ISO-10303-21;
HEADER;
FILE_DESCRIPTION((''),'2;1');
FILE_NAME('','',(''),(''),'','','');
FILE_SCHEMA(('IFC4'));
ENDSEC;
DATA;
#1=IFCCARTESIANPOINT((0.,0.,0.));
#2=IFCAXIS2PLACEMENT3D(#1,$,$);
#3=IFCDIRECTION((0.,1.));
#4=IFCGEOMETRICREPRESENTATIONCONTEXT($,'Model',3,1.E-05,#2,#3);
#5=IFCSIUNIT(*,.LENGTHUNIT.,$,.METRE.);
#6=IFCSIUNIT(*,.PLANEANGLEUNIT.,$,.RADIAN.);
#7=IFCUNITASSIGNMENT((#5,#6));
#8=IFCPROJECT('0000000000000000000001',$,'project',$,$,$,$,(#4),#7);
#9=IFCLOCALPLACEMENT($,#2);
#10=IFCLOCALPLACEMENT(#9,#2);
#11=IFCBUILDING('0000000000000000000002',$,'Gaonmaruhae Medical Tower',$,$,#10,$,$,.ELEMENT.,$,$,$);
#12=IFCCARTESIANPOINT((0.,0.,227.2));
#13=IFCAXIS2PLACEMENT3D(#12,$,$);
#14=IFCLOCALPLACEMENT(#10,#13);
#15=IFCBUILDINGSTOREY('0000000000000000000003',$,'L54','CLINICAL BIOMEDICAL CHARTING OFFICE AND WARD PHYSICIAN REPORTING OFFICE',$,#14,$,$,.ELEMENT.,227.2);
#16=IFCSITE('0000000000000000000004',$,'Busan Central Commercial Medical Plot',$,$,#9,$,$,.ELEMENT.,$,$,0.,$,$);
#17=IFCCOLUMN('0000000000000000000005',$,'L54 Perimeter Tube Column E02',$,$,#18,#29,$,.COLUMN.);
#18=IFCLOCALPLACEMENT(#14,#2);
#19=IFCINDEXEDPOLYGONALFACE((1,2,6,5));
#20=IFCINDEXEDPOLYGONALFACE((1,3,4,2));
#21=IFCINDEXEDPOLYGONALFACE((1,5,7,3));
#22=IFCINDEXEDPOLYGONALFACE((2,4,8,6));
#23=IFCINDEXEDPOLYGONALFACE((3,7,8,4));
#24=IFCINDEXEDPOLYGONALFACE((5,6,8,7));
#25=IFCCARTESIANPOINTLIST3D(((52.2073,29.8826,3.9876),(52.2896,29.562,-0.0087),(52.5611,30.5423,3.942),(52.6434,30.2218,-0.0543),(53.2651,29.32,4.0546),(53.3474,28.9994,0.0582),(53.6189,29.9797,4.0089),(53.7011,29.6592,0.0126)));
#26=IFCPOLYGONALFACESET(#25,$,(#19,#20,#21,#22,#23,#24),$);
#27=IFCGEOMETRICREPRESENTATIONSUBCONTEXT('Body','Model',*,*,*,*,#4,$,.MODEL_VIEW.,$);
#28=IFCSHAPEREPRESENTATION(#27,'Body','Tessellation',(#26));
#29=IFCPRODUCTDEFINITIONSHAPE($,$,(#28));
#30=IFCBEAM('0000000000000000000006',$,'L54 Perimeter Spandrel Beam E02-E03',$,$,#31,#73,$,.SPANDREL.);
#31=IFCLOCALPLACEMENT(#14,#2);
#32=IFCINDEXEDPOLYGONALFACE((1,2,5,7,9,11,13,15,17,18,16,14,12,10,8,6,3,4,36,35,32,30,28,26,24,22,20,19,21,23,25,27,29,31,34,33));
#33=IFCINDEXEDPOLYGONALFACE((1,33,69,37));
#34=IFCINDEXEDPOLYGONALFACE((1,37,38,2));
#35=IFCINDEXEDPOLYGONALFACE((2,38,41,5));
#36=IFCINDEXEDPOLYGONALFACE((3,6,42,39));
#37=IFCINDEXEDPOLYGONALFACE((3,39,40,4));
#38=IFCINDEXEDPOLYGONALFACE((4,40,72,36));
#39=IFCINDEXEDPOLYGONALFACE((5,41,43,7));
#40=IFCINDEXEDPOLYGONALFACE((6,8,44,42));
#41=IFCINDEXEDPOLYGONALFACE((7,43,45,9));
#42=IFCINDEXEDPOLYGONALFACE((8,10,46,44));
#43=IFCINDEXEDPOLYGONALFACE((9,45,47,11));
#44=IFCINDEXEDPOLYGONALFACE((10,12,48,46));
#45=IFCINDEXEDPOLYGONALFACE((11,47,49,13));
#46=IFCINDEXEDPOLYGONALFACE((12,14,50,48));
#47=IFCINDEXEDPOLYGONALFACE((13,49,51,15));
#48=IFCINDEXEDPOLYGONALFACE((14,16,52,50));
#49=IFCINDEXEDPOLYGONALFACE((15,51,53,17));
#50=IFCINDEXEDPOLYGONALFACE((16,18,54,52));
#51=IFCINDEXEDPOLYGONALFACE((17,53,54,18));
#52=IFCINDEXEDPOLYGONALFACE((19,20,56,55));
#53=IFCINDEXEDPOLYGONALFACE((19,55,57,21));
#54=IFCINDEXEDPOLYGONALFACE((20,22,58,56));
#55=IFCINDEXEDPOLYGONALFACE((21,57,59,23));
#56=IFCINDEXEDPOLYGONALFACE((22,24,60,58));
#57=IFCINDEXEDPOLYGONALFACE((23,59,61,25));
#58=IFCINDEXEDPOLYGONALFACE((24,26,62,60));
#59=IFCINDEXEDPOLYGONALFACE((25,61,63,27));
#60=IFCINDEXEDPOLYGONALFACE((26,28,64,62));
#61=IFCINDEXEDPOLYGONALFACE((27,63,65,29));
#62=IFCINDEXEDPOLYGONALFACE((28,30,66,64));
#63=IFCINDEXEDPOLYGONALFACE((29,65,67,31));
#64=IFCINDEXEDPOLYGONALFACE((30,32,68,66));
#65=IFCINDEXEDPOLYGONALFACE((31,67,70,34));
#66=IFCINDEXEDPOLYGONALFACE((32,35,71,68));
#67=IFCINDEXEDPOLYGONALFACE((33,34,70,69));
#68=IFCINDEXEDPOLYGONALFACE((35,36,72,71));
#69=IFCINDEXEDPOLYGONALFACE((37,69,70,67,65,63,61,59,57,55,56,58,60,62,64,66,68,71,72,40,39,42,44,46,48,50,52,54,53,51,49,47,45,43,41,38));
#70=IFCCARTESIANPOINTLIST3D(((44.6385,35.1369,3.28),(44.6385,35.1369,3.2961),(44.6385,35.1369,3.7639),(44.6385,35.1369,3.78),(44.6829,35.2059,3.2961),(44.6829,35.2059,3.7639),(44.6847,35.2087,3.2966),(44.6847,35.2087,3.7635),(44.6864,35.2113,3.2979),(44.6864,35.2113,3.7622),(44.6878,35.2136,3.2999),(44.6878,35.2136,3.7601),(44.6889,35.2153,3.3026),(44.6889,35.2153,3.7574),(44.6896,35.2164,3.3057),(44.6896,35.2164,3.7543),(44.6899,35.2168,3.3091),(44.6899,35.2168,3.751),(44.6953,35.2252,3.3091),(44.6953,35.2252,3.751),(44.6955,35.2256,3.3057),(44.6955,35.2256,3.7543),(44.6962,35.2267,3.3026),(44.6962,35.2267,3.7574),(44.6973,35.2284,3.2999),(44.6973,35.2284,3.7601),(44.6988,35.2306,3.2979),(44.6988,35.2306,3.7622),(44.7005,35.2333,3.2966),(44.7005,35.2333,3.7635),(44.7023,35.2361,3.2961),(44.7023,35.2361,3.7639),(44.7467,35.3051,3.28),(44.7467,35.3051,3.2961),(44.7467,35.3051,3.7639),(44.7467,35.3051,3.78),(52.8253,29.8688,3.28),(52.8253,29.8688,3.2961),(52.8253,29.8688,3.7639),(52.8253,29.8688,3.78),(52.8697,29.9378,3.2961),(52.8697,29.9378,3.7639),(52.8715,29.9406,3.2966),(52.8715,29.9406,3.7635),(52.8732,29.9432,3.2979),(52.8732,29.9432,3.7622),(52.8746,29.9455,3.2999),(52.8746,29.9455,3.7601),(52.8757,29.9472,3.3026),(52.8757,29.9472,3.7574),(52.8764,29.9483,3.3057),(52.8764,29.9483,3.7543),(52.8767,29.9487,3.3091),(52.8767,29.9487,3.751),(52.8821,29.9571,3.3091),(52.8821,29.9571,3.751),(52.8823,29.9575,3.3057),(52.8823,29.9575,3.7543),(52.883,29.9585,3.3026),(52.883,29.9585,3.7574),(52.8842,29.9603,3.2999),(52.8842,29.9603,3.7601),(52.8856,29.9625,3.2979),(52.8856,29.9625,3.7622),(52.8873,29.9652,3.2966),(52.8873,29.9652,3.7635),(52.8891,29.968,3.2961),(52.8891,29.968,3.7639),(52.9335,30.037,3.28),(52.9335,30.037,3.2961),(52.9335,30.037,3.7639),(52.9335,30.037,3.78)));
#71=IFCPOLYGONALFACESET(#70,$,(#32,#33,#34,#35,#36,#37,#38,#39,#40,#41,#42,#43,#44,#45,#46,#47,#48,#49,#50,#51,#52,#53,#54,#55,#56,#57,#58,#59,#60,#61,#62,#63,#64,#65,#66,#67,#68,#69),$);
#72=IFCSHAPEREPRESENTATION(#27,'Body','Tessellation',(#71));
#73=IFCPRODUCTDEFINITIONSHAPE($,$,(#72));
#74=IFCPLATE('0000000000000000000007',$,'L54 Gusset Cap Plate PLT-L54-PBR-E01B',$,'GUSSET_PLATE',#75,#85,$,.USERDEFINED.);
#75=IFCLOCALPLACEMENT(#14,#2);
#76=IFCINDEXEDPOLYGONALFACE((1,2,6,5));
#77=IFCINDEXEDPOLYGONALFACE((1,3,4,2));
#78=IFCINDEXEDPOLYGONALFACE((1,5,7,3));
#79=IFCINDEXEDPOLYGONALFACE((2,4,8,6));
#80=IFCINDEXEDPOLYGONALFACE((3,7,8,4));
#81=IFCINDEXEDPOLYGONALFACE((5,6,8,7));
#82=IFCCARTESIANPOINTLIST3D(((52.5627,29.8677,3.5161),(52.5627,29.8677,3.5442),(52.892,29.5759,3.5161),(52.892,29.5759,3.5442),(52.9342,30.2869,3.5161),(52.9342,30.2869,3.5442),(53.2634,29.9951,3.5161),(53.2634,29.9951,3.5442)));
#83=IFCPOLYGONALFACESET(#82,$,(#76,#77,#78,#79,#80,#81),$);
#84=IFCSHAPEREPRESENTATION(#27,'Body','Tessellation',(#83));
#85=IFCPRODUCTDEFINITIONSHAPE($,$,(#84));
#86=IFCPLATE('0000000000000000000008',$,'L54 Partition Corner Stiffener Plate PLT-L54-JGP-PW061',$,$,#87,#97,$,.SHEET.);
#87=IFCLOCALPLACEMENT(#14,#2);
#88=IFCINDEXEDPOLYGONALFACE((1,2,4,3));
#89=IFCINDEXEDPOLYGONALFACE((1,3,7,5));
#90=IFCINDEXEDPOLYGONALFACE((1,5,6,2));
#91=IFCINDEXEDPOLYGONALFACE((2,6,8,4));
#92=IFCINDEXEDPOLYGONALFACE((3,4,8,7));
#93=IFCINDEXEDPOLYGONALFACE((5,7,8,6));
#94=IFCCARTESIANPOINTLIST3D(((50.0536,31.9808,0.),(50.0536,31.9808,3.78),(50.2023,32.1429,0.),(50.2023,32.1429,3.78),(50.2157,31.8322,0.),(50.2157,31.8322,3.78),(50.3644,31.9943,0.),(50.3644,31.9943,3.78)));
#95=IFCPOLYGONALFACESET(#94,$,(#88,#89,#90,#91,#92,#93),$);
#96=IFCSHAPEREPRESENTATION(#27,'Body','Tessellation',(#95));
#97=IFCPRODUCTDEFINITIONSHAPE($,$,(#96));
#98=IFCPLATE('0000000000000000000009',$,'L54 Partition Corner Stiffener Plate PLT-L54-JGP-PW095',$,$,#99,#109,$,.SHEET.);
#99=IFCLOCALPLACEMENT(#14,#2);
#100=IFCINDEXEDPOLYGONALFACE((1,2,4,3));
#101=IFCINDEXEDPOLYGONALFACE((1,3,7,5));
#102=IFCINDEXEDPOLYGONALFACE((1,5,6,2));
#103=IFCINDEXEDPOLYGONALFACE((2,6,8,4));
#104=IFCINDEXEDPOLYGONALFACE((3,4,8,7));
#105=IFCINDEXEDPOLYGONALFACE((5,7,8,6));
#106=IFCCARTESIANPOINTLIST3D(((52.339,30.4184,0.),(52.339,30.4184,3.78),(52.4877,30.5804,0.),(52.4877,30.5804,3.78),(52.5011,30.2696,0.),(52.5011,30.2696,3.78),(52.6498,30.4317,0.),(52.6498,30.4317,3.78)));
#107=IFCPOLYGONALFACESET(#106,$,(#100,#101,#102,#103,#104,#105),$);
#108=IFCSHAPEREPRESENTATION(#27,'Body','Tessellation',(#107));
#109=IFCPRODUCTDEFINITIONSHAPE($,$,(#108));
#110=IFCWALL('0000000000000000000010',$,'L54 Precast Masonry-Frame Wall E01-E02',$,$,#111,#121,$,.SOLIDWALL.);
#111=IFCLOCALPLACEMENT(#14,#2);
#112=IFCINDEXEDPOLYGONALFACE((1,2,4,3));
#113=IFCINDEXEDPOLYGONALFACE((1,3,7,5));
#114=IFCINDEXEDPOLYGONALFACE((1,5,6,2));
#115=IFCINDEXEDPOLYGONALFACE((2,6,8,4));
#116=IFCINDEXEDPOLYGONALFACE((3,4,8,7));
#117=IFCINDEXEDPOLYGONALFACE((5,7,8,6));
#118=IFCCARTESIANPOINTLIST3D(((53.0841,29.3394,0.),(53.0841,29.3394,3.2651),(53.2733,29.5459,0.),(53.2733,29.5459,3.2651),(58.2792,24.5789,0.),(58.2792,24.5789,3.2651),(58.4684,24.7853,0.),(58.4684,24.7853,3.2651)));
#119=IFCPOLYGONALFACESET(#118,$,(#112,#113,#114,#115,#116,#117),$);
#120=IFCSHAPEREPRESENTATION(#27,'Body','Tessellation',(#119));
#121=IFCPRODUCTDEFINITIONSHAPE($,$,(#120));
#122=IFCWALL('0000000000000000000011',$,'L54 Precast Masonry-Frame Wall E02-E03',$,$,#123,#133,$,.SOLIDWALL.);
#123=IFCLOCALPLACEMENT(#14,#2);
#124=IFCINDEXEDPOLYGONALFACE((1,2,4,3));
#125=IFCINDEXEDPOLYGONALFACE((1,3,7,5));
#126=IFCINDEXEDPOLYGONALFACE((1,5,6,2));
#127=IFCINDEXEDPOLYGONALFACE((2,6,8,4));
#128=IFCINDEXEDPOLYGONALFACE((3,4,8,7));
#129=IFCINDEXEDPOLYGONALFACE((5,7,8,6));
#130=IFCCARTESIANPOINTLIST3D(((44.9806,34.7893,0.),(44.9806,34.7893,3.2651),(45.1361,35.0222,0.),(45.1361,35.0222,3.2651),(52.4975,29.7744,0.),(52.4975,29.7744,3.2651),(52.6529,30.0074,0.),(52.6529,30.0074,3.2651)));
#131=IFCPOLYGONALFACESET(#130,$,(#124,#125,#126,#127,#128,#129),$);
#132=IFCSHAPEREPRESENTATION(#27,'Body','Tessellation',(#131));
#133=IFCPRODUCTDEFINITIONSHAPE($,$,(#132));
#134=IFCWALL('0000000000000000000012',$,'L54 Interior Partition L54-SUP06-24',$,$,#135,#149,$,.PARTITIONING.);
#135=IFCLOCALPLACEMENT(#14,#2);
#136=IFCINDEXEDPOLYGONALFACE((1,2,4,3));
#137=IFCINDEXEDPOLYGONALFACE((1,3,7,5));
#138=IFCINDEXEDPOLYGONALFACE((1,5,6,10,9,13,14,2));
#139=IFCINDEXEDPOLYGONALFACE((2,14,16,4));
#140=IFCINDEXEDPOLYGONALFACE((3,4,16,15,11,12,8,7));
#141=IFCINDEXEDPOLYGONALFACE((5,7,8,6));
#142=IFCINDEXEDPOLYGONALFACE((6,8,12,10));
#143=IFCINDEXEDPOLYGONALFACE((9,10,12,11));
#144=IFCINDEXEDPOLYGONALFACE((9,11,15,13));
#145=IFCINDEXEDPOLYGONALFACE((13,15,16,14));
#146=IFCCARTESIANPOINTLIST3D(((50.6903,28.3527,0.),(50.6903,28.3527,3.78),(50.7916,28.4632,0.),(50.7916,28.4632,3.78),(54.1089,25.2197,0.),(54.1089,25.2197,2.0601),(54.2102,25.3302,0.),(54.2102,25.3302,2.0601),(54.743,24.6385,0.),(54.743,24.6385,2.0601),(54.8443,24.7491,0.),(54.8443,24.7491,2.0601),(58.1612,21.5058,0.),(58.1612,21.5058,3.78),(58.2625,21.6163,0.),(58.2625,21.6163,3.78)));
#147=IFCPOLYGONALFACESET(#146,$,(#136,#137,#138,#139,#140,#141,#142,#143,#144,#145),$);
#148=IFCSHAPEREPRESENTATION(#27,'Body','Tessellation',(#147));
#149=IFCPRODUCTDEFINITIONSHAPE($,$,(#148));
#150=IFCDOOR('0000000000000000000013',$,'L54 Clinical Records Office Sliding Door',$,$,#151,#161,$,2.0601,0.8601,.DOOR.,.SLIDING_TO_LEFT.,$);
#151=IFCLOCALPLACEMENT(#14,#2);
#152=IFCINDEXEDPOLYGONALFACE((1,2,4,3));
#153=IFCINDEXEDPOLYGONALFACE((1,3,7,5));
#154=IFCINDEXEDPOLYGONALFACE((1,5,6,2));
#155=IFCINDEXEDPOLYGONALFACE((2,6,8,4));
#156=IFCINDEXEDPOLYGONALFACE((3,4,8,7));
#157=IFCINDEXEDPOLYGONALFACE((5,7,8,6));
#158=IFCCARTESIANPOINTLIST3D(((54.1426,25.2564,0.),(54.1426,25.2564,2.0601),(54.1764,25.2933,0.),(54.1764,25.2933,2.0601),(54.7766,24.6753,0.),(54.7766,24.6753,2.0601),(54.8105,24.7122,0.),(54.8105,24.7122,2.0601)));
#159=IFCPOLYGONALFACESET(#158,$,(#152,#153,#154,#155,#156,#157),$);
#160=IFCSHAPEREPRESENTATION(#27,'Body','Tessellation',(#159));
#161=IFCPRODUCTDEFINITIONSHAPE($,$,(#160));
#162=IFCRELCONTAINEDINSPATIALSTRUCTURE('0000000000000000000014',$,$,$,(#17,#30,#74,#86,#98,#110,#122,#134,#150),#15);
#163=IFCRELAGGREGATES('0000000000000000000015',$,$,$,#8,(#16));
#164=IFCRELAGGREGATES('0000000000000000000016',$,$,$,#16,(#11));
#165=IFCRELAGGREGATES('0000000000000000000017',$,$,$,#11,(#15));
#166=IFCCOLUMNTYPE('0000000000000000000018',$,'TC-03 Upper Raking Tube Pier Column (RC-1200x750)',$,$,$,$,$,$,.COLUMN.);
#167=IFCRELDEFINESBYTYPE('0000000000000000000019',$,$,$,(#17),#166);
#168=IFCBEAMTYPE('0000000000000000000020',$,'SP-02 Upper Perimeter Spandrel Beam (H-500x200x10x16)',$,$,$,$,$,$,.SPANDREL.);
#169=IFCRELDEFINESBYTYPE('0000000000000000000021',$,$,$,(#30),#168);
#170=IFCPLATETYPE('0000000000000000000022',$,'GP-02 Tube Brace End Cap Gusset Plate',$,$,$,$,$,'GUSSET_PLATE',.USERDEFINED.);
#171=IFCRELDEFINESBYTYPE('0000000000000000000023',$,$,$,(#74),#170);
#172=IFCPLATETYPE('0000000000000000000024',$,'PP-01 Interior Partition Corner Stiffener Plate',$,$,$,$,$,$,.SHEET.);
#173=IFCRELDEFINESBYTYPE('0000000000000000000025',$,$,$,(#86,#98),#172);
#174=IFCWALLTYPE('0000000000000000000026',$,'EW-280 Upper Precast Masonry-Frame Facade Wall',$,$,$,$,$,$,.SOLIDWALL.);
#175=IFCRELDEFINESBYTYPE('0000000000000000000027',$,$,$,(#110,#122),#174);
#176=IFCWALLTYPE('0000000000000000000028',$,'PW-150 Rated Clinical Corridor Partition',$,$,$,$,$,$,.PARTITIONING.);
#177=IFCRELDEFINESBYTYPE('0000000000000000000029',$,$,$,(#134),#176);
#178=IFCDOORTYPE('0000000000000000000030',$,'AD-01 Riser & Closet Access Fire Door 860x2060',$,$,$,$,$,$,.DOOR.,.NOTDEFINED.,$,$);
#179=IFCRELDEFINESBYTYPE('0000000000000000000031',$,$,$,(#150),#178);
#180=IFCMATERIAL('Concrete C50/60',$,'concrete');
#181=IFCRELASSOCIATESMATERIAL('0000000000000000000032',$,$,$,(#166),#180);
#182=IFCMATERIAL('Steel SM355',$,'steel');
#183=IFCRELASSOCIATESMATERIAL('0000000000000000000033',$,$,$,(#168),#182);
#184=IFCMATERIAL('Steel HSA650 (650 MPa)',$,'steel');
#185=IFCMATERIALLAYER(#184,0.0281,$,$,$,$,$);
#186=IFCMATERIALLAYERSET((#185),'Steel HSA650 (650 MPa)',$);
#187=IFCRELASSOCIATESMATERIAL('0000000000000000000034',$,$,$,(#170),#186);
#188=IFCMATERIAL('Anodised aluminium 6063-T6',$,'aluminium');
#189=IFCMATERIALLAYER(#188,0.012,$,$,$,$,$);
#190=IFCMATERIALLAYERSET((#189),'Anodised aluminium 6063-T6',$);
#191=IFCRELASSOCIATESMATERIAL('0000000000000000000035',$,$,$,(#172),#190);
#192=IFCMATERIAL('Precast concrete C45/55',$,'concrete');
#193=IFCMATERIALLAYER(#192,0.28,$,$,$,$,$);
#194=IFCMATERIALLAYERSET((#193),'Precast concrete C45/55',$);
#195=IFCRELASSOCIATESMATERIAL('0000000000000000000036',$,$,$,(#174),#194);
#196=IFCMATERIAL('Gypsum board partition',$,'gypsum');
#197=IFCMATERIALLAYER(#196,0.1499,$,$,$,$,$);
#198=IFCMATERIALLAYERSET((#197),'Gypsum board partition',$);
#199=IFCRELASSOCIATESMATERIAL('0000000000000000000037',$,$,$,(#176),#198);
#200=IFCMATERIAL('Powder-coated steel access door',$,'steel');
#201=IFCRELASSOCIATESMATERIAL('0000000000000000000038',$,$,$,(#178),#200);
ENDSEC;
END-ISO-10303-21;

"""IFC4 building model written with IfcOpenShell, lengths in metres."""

from ifc_helpers import new_model, si_unit, direction, frame, frame_2d, origin, origin_2d, place, context, subcontext, project, spatial, rectangle, i_section, extrude, material, layer, layer_set, material_profile, profile_set, type_object, element, fill, save


model = new_model("IFC4")

# Units and contexts
model_context = context("Model", 3, precision=1e-05, world=origin(), true_north=direction((0.0, 1.0)))
body_context = subcontext(model_context, "Body", "Model", "MODEL_VIEW")
ifc_project = project(units=[si_unit("LENGTHUNIT", "METRE"), si_unit("PLANEANGLEUNIT", "RADIAN")], contexts=[model_context])

# Site, building, storey
site_placement = place(None, origin())
site = spatial("IfcSite", under=ifc_project, at=site_placement, Name="Busan Central Commercial Medical Plot", CompositionType="ELEMENT", RefElevation=0.0)
building_placement = place(site_placement, origin())
building = spatial("IfcBuilding", under=site, at=building_placement, Name="Gaonmaruhae Medical Tower", CompositionType="ELEMENT")
storey_placement = place(building_placement, frame((0.0, 0.0, 227.2)))
storey = spatial("IfcBuildingStorey", under=building, at=storey_placement, Name="L54", Description="CLINICAL BIOMEDICAL CHARTING OFFICE AND WARD PHYSICIAN REPORTING OFFICE", CompositionType="ELEMENT", Elevation=227.2)

# Column
ifc_material_1 = material(Name="Concrete C50/60", Category="concrete")
ifc_material_profile_1 = material_profile(ifc_material_1, rectangle(XDim=1.2, YDim=0.75, at=origin_2d()), Name="RC-1200x750")
ifc_profile_set_1 = profile_set([ifc_material_profile_1], Name="Concrete C50/60")
column_type = type_object("IfcColumnType", Name="TC-03 Upper Raking Tube Pier Column (RC-1200x750)", PredefinedType="COLUMN", material=ifc_profile_set_1)
column_placement = place(storey_placement, frame((52.9954, 29.6106, 0.002), z_axis=(-0.020517, 0.079939, 0.996589), x_axis=(0.881513, -0.468856, 0.055756)))
element("IfcColumn", 1, at=column_placement, inside=storey, type_object=column_type, Name="L54 Perimeter Tube Column E02", PredefinedType="COLUMN", context=body_context, shape_type="SweptSolid", body=[
    extrude(rectangle(XDim=1.2, YDim=0.75, at=origin_2d()), origin(), (0.0, 0.0, 1.0), 4.01),
])

# Beam
ifc_material_2 = material(Name="Steel SM355", Category="steel")
ifc_material_profile_2 = material_profile(ifc_material_2, i_section(OverallWidth=0.2, OverallDepth=0.5, WebThickness=0.01, FlangeThickness=0.0161, FilletRadius=0.0129, at=origin_2d()), Name="H-500x200x10x16")
ifc_profile_set_2 = profile_set([ifc_material_profile_2], Name="Steel SM355")
beam_type = type_object("IfcBeamType", Name="SP-02 Upper Perimeter Spandrel Beam (H-500x200x10x16)", PredefinedType="SPANDREL", material=ifc_profile_set_2)
beam_placement = place(storey_placement, frame((52.8794, 29.9529, 3.53), z_axis=(-0.840938, 0.541131, 0.0), x_axis=(-0.541131, -0.840938, 0.0)))
element("IfcBeam", 2, at=beam_placement, inside=storey, type_object=beam_type, Name="L54 Perimeter Spandrel Beam E02-E03", PredefinedType="SPANDREL", context=body_context, shape_type="SweptSolid", body=[
    extrude(i_section(OverallWidth=0.2, OverallDepth=0.5, WebThickness=0.01, FlangeThickness=0.0161, FilletRadius=0.0129, at=origin_2d()), origin(), (0.0, 0.0, 1.0), 9.7354),
])

# Plates
ifc_material_3 = material(Name="Steel HSA650 (650 MPa)", Category="steel")
ifc_layer_1 = layer(ifc_material_3, 0.0281)
ifc_layer_set_1 = layer_set([ifc_layer_1], Name="Steel HSA650 (650 MPa)")
plate_type_1 = type_object("IfcPlateType", Name="GP-02 Tube Brace End Cap Gusset Plate", ElementType="GUSSET_PLATE", PredefinedType="USERDEFINED", material=ifc_layer_set_1)
plate_placement = place(storey_placement, frame((52.9131, 29.9314, 3.5161), z_axis=(0.0, 0.0, 1.0), x_axis=(0.663273, 0.748377, 0.0)))
element("IfcPlate", 3, at=plate_placement, inside=storey, type_object=plate_type_1, Name="L54 Gusset Cap Plate PLT-L54-PBR-E01B", ObjectType="GUSSET_PLATE", PredefinedType="USERDEFINED", context=body_context, shape_type="SweptSolid", body=[
    extrude(rectangle(XDim=0.5601, YDim=0.4399, at=origin_2d()), origin(), (0.0, 0.0, 1.0), 0.0281),
])
ifc_material_4 = material(Name="Anodised aluminium 6063-T6", Category="aluminium")
ifc_layer_2 = layer(ifc_material_4, 0.012)
ifc_layer_set_2 = layer_set([ifc_layer_2], Name="Anodised aluminium 6063-T6")
plate_type_2 = type_object("IfcPlateType", Name="PP-01 Interior Partition Corner Stiffener Plate", PredefinedType="SHEET", material=ifc_layer_set_2)
for number, where, z_axis, x_axis, name in (
    (4, (50.209, 31.9875, 0.0), (0.0, 0.0, 1.0), (-0.675938, -0.736959, 0.0), "L54 Partition Corner Stiffener Plate PLT-L54-JGP-PW061"),
    (5, (52.4944, 30.425, 0.0), (0.0, 0.0, 1.0), (0.67604, 0.736865, 0.0), "L54 Partition Corner Stiffener Plate PLT-L54-JGP-PW095"),
):
    element("IfcPlate", number, at=place(storey_placement, frame(where, z_axis=z_axis, x_axis=x_axis)), inside=storey, type_object=plate_type_2, Name=name, PredefinedType="SHEET", context=body_context, shape_type="SweptSolid", body=[
        extrude(rectangle(XDim=0.22, YDim=0.22, at=origin_2d()), origin(), (0.0, 0.0, 1.0), 3.78),
    ])

# Walls
ifc_material_5 = material(Name="Precast concrete C45/55", Category="concrete")
ifc_layer_3 = layer(ifc_material_5, 0.28)
ifc_layer_set_3 = layer_set([ifc_layer_3], Name="Precast concrete C45/55")
wall_type_1 = type_object("IfcWallType", Name="EW-280 Upper Precast Masonry-Frame Facade Wall", PredefinedType="SOLIDWALL", material=ifc_layer_set_3)
wall_1_placement = place(storey_placement, frame((53.1787, 29.4426, 0.0), z_axis=(0.0, 0.0, 1.0), x_axis=(0.737271, -0.675598, 0.0)))
element("IfcWall", 6, at=wall_1_placement, inside=storey, type_object=wall_type_1, Name="L54 Precast Masonry-Frame Wall E01-E02", PredefinedType="SOLIDWALL", context=body_context, shape_type="SweptSolid", body=[
    extrude(rectangle(XDim=7.0464, YDim=0.28, at=frame_2d((3.5232, 0.0))), origin(), (0.0, 0.0, 1.0), 3.2651),
])
wall_2_placement = place(storey_placement, frame((45.0583, 34.9058, 0.0), z_axis=(0.0, 0.0, 1.0), x_axis=(0.831863, -0.554981, 0.0)))
element("IfcWall", 7, at=wall_2_placement, inside=storey, type_object=wall_type_1, Name="L54 Precast Masonry-Frame Wall E02-E03", PredefinedType="SOLIDWALL", context=body_context, shape_type="SweptSolid", body=[
    extrude(rectangle(XDim=9.0361, YDim=0.28, at=frame_2d((4.5181, 0.0))), origin(), (0.0, 0.0, 1.0), 3.2651),
])

# Wall, opening, door
ifc_material_6 = material(Name="Gypsum board partition", Category="gypsum")
ifc_layer_4 = layer(ifc_material_6, 0.1499)
ifc_layer_set_4 = layer_set([ifc_layer_4], Name="Gypsum board partition")
wall_type_2 = type_object("IfcWallType", Name="PW-150 Rated Clinical Corridor Partition", PredefinedType="PARTITIONING", material=ifc_layer_set_4)
wall_3_placement = place(storey_placement, frame((50.741, 28.408, 0.0), z_axis=(0.0, 0.0, 1.0), x_axis=(0.737225, -0.675647, 0.0)))
wall_3 = element("IfcWall", 8, at=wall_3_placement, inside=storey, type_object=wall_type_2, Name="L54 Interior Partition L54-SUP06-24", PredefinedType="PARTITIONING", context=body_context, shape_type="SweptSolid", body=[
    extrude(rectangle(XDim=10.1338, YDim=0.1499, at=frame_2d((5.0669, 0.0))), origin(), (0.0, 0.0, 1.0), 3.78),
])
opening_1_placement = place(wall_3_placement, frame((4.637, 0.0, 0.0)))
opening_1 = element("IfcOpeningElement", 9, at=opening_1_placement, cuts=wall_3, PredefinedType="OPENING", context=body_context, shape_type="SweptSolid", body=[
    extrude(rectangle(XDim=0.8601, YDim=2.0601, at=frame_2d((0.4302, 1.03))), frame((0.0, 0.085, 0.0), z_axis=(0.0, -1.0, 0.0), x_axis=(1.0, 0.0, 0.0)), (0.0, 0.0, 1.0), 0.1699),
])
ifc_material_7 = material(Name="Powder-coated steel access door", Category="steel")
door_type_1 = type_object("IfcDoorType", Name="AD-01 Riser & Closet Access Fire Door 860x2060", OperationType="NOTDEFINED", PredefinedType="DOOR", material=ifc_material_7)
door_1_placement = place(opening_1_placement, origin())
door_1 = element("IfcDoor", 10, at=door_1_placement, inside=storey, type_object=door_type_1, Name="L54 Clinical Records Office Sliding Door", OperationType="SLIDING_TO_LEFT", OverallHeight=2.0601, OverallWidth=0.8601, PredefinedType="DOOR", context=body_context, shape_type="SweptSolid", body=[
    extrude(rectangle(XDim=0.8601, YDim=2.0601, at=frame_2d((0.4302, 1.03))), frame((0.0, 0.0249, 0.0), z_axis=(0.0, -1.0, 0.0), x_axis=(1.0, 0.0, 0.0)), (0.0, 0.0, 1.0), 0.05),
])
fill(opening_1, door_1)

save(model, "model.ifc")
